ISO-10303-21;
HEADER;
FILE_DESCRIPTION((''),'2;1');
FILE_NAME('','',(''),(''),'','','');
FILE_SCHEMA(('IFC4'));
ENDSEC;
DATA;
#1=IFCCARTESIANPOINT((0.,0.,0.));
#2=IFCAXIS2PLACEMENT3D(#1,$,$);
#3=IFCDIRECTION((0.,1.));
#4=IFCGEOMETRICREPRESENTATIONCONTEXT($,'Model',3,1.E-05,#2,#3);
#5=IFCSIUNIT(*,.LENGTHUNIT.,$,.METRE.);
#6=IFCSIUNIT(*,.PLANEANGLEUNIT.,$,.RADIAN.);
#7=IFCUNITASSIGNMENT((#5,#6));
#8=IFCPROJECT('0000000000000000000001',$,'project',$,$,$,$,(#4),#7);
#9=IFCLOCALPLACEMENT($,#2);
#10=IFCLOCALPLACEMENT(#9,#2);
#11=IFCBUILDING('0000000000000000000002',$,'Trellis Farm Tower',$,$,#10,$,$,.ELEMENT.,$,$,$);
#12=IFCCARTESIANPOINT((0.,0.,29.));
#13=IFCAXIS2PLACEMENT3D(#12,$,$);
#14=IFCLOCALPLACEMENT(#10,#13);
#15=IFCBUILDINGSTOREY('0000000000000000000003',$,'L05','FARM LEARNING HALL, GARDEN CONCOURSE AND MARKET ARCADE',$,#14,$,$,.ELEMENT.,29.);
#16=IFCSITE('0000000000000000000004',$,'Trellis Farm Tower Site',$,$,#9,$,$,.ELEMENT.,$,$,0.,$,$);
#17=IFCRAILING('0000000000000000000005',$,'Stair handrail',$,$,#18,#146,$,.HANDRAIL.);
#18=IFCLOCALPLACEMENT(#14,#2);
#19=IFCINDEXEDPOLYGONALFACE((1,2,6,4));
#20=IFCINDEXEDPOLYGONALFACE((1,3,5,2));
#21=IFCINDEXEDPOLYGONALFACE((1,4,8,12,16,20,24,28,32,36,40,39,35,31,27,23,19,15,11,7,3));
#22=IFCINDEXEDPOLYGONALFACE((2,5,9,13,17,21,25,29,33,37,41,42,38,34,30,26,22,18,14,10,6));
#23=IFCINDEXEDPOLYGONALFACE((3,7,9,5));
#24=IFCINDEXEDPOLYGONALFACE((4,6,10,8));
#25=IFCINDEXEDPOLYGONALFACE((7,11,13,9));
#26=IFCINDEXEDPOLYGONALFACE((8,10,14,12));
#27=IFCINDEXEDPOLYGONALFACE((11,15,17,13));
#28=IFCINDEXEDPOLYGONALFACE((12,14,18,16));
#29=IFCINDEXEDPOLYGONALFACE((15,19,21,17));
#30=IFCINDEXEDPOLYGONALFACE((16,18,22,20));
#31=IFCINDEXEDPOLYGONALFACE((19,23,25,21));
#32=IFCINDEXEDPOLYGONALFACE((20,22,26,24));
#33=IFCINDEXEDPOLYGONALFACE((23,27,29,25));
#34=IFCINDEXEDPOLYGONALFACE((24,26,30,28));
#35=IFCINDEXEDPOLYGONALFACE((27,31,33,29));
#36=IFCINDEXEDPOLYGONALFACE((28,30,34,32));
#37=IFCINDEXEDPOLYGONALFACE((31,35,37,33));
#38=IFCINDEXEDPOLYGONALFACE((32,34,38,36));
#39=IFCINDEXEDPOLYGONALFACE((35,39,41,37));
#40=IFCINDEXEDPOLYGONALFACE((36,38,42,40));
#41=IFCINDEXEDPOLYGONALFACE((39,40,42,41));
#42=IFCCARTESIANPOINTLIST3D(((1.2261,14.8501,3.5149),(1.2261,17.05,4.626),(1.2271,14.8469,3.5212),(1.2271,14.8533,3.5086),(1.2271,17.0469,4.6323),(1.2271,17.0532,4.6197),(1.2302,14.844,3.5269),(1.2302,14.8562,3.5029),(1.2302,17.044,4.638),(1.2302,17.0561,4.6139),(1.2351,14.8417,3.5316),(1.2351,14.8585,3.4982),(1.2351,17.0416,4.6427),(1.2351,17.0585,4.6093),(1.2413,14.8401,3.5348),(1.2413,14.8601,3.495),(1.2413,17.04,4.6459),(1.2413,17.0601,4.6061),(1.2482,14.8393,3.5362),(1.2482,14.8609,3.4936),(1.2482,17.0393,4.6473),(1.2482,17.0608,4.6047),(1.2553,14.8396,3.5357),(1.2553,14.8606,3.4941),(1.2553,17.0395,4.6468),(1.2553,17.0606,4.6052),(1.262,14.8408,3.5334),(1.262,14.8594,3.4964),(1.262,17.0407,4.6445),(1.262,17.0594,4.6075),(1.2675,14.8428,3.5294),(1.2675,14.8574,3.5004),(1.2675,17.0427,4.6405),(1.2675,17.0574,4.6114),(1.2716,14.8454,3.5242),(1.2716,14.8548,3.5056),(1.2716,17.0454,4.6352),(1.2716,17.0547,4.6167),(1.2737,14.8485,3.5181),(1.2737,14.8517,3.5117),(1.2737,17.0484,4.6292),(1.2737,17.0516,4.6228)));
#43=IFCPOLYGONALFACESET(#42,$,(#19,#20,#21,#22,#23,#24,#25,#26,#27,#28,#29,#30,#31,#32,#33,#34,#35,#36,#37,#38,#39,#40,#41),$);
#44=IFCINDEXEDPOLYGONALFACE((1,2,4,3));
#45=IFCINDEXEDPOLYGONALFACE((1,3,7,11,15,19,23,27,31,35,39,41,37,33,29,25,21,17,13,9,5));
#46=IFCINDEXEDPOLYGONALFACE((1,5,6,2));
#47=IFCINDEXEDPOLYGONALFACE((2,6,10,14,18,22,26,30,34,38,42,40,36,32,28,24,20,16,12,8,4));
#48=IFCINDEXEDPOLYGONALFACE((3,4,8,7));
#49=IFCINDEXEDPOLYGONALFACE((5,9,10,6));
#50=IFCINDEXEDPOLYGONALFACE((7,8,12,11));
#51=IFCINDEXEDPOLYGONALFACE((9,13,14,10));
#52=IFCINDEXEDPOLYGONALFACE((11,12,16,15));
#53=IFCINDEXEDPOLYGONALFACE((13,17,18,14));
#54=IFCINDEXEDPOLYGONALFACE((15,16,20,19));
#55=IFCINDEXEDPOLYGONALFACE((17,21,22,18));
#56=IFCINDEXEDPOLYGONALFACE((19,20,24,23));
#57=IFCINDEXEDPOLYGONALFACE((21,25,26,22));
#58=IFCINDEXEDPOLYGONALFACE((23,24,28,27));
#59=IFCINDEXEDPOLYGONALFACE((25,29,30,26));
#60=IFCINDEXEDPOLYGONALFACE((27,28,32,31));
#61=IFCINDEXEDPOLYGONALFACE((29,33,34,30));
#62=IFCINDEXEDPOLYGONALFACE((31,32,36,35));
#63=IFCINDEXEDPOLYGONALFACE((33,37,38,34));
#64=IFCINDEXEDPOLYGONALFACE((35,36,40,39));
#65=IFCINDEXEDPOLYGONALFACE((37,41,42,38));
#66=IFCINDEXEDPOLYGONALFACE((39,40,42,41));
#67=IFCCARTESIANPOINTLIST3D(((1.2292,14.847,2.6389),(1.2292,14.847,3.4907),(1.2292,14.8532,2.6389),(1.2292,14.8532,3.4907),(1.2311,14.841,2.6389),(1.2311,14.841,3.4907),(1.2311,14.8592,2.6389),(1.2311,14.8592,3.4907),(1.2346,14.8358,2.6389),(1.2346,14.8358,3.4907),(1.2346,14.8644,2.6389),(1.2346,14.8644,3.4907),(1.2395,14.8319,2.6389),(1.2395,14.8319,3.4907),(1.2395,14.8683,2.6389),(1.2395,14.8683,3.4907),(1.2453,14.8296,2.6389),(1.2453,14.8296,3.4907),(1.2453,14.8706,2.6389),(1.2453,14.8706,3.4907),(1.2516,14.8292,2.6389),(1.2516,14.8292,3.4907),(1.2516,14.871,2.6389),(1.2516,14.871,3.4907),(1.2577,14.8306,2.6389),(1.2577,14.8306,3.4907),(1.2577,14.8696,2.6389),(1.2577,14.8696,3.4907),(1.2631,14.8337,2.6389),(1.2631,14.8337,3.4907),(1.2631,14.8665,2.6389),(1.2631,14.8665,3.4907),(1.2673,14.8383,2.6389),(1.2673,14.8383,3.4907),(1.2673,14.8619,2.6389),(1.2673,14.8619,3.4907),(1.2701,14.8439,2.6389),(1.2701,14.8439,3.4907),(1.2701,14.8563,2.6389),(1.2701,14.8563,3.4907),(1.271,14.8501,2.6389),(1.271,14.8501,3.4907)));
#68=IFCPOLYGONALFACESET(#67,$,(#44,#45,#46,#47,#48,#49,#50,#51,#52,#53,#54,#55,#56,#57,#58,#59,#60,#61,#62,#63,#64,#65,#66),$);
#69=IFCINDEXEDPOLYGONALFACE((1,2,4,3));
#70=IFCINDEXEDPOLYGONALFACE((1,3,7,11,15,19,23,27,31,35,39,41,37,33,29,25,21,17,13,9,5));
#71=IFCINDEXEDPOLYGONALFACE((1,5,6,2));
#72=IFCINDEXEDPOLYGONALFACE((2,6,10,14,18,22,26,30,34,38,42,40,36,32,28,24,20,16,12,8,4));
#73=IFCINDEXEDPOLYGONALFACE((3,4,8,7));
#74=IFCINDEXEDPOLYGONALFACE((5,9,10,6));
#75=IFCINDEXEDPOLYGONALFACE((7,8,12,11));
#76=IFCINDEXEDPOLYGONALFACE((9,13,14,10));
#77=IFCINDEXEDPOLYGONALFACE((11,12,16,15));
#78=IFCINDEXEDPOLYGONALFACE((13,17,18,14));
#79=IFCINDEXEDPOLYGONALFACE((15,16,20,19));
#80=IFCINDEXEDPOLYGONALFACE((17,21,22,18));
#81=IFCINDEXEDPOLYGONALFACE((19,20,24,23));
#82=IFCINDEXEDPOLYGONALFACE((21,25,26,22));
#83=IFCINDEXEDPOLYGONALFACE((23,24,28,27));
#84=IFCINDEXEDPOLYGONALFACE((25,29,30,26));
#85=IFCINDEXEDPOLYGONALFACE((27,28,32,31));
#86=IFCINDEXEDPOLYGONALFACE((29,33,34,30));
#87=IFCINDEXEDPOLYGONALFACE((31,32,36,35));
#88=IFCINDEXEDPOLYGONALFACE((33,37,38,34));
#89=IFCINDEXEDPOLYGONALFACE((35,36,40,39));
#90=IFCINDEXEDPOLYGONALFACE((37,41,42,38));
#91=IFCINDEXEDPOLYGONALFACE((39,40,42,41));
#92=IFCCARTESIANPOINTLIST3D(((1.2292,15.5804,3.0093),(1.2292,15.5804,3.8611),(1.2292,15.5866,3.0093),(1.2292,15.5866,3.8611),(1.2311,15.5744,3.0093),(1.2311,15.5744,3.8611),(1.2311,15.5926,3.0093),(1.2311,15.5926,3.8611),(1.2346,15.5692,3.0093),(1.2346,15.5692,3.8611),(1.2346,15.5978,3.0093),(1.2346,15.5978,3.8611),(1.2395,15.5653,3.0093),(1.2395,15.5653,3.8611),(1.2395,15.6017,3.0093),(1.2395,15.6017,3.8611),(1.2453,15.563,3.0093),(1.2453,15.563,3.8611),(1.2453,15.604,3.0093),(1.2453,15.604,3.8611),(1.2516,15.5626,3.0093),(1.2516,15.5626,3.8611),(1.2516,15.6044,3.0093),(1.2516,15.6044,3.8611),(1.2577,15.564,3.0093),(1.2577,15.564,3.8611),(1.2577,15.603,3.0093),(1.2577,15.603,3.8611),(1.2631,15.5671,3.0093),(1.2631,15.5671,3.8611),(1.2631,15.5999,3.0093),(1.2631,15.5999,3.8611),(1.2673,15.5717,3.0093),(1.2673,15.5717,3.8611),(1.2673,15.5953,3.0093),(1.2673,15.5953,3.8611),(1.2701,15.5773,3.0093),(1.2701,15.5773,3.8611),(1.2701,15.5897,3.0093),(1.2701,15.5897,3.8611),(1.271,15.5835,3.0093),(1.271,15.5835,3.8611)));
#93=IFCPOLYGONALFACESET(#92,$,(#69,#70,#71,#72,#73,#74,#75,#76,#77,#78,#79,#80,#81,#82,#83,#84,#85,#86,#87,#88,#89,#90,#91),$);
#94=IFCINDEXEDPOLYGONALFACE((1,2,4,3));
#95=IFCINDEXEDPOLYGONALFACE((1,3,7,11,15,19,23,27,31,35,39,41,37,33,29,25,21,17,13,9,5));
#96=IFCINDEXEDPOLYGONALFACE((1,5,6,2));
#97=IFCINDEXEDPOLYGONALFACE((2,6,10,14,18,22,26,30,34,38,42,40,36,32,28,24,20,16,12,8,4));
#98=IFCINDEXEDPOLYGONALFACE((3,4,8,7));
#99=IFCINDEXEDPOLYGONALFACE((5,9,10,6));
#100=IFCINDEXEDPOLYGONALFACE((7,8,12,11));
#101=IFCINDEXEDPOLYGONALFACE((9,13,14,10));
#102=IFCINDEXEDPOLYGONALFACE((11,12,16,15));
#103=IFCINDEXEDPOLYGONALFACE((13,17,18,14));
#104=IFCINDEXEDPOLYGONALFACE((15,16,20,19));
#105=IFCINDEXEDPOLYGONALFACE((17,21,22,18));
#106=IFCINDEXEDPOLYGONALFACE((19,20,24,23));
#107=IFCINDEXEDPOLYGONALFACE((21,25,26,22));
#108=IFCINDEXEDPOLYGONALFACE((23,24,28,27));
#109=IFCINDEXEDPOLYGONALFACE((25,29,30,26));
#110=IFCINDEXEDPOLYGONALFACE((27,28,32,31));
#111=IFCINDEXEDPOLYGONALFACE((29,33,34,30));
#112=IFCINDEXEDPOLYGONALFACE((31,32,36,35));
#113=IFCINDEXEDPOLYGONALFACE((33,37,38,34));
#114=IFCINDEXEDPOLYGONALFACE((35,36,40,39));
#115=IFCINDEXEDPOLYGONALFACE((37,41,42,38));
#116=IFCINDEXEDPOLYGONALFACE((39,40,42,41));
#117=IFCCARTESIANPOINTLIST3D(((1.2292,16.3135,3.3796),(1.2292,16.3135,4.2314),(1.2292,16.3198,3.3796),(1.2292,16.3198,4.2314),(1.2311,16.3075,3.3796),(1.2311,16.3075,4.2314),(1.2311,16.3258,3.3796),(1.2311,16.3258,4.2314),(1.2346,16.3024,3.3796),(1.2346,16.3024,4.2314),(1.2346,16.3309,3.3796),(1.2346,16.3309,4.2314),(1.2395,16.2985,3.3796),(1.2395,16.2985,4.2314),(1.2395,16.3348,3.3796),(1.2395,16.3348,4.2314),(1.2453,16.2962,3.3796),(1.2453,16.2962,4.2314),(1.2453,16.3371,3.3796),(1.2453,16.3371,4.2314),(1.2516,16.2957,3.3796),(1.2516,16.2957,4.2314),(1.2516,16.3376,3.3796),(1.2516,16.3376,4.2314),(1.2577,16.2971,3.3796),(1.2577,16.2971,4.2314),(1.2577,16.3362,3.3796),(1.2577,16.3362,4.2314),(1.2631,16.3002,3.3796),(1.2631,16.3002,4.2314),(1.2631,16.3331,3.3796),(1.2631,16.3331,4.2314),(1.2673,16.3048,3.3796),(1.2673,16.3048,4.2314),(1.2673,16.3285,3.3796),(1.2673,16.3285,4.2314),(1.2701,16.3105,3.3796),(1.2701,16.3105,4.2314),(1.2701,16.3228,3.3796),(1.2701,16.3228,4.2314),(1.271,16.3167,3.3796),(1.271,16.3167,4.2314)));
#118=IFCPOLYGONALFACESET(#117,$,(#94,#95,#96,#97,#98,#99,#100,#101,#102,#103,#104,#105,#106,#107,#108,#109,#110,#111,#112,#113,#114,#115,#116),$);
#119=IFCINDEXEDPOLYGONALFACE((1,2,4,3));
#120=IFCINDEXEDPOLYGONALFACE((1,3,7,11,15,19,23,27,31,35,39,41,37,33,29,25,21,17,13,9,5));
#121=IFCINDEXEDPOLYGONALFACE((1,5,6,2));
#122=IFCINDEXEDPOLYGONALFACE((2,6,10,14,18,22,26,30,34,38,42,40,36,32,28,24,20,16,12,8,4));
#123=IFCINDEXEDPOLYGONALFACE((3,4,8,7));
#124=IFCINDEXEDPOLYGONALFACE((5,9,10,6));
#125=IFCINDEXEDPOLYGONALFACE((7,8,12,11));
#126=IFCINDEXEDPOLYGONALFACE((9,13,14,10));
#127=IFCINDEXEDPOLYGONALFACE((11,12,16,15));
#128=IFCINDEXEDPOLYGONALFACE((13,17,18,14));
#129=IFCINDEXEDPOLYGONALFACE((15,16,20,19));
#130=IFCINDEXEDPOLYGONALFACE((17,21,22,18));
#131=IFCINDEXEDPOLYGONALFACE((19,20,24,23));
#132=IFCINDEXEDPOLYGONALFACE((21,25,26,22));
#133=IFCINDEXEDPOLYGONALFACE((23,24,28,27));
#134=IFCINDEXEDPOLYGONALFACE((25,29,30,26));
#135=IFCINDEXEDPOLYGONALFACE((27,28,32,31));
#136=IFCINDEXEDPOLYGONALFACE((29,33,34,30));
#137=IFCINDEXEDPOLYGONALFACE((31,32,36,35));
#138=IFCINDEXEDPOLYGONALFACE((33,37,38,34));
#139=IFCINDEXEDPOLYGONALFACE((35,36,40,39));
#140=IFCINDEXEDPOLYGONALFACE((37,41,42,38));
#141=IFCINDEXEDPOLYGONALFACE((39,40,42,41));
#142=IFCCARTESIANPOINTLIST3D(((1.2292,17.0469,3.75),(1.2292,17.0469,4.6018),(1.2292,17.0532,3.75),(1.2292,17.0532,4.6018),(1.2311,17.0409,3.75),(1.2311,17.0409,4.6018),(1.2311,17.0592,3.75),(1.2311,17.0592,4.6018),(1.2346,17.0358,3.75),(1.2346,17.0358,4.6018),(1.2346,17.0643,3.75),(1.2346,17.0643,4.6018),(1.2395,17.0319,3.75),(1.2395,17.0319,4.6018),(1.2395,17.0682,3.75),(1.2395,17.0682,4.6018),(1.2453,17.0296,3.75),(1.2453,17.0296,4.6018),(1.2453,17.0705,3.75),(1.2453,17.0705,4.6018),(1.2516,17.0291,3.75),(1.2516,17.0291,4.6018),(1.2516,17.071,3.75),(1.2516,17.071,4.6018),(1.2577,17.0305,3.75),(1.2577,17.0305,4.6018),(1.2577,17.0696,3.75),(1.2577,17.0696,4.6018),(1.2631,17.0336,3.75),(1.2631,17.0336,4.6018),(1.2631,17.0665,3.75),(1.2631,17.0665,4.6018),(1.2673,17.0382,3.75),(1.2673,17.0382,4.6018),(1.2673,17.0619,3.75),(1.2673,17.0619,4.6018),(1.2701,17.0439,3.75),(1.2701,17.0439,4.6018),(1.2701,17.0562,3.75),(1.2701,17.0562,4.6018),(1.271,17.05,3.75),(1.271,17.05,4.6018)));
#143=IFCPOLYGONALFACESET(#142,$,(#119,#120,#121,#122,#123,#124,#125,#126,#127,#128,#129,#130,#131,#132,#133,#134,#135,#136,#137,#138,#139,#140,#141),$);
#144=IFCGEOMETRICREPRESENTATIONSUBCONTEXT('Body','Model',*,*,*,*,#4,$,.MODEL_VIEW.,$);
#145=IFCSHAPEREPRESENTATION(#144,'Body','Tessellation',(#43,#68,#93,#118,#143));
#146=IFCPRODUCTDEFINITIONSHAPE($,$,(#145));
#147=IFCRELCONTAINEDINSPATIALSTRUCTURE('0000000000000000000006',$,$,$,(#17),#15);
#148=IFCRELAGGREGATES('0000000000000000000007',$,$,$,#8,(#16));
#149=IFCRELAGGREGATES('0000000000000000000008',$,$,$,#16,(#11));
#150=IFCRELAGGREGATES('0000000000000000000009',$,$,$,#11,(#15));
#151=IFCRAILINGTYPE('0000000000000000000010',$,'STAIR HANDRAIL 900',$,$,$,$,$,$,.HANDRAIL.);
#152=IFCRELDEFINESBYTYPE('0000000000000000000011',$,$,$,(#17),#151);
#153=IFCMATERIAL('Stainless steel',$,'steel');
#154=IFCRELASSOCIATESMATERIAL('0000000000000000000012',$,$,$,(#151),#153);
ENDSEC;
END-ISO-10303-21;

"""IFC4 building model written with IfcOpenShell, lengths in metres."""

from ifc_helpers import new_model, si_unit, direction, frame, origin, origin_2d, place, context, subcontext, project, spatial, circle, extrude, source, transform, mapped, material, type_object, element, save


model = new_model("IFC4")

# Units and contexts
model_context = context("Model", 3, precision=1e-05, world=origin(), true_north=direction((0.0, 1.0)))
body_context = subcontext(model_context, "Body", "Model", "MODEL_VIEW")
ifc_project = project(units=[si_unit("LENGTHUNIT", "METRE"), si_unit("PLANEANGLEUNIT", "RADIAN")], contexts=[model_context])

# Site, building, storey
site_placement = place(None, origin())
site = spatial("IfcSite", under=ifc_project, at=site_placement, Name="Trellis Farm Tower Site", CompositionType="ELEMENT", RefElevation=0.0)
building_placement = place(site_placement, origin())
building = spatial("IfcBuilding", under=site, at=building_placement, Name="Trellis Farm Tower", CompositionType="ELEMENT")
storey_placement = place(building_placement, frame((0.0, 0.0, 29.0)))
storey = spatial("IfcBuildingStorey", under=building, at=storey_placement, Name="L05", Description="FARM LEARNING HALL, GARDEN CONCOURSE AND MARKET ARCADE", CompositionType="ELEMENT", Elevation=29.0)

# Shared definitions
ifc_material_1 = material(Name="Stainless steel", Category="steel")

# Railing
railing_type = type_object("IfcRailingType", Name="STAIR HANDRAIL 900", PredefinedType="HANDRAIL", material=ifc_material_1)
shared_shape_1 = source(origin(), body_context, "Body", "SweptSolid", [
    extrude(circle(Radius=0.0239, at=origin_2d()), frame((0.0, 0.0, 0.876), z_axis=(0.0, 0.892617, 0.450816), x_axis=(-1.0, 0.0, 0.0)), (0.0, 0.0, 1.0), 2.4646),
    extrude(circle(Radius=0.021, at=origin_2d()), origin(), (0.0, 0.0, 1.0), 0.8518),
    extrude(circle(Radius=0.021, at=origin_2d()), frame((0.0, 0.7334, 0.3704)), (0.0, 0.0, 1.0), 0.8518),
    extrude(circle(Radius=0.021, at=origin_2d()), frame((0.0, 1.4666, 0.7407)), (0.0, 0.0, 1.0), 0.8518),
    extrude(circle(Radius=0.021, at=origin_2d()), frame((0.0, 2.2, 1.1111)), (0.0, 0.0, 1.0), 0.8518),
])
for number, where, name in (
    (1, (1.25, 14.8501, 2.6389), "Stair handrail"),
):
    element("IfcRailing", number, at=place(storey_placement, frame(where)), inside=storey, type_object=railing_type, Name=name, PredefinedType="HANDRAIL", context=body_context, shape_type="MappedRepresentation", body=[
        mapped(shared_shape_1, transform((0.0, 0.0, 0.0))),
    ])

save(model, "model.ifc")
